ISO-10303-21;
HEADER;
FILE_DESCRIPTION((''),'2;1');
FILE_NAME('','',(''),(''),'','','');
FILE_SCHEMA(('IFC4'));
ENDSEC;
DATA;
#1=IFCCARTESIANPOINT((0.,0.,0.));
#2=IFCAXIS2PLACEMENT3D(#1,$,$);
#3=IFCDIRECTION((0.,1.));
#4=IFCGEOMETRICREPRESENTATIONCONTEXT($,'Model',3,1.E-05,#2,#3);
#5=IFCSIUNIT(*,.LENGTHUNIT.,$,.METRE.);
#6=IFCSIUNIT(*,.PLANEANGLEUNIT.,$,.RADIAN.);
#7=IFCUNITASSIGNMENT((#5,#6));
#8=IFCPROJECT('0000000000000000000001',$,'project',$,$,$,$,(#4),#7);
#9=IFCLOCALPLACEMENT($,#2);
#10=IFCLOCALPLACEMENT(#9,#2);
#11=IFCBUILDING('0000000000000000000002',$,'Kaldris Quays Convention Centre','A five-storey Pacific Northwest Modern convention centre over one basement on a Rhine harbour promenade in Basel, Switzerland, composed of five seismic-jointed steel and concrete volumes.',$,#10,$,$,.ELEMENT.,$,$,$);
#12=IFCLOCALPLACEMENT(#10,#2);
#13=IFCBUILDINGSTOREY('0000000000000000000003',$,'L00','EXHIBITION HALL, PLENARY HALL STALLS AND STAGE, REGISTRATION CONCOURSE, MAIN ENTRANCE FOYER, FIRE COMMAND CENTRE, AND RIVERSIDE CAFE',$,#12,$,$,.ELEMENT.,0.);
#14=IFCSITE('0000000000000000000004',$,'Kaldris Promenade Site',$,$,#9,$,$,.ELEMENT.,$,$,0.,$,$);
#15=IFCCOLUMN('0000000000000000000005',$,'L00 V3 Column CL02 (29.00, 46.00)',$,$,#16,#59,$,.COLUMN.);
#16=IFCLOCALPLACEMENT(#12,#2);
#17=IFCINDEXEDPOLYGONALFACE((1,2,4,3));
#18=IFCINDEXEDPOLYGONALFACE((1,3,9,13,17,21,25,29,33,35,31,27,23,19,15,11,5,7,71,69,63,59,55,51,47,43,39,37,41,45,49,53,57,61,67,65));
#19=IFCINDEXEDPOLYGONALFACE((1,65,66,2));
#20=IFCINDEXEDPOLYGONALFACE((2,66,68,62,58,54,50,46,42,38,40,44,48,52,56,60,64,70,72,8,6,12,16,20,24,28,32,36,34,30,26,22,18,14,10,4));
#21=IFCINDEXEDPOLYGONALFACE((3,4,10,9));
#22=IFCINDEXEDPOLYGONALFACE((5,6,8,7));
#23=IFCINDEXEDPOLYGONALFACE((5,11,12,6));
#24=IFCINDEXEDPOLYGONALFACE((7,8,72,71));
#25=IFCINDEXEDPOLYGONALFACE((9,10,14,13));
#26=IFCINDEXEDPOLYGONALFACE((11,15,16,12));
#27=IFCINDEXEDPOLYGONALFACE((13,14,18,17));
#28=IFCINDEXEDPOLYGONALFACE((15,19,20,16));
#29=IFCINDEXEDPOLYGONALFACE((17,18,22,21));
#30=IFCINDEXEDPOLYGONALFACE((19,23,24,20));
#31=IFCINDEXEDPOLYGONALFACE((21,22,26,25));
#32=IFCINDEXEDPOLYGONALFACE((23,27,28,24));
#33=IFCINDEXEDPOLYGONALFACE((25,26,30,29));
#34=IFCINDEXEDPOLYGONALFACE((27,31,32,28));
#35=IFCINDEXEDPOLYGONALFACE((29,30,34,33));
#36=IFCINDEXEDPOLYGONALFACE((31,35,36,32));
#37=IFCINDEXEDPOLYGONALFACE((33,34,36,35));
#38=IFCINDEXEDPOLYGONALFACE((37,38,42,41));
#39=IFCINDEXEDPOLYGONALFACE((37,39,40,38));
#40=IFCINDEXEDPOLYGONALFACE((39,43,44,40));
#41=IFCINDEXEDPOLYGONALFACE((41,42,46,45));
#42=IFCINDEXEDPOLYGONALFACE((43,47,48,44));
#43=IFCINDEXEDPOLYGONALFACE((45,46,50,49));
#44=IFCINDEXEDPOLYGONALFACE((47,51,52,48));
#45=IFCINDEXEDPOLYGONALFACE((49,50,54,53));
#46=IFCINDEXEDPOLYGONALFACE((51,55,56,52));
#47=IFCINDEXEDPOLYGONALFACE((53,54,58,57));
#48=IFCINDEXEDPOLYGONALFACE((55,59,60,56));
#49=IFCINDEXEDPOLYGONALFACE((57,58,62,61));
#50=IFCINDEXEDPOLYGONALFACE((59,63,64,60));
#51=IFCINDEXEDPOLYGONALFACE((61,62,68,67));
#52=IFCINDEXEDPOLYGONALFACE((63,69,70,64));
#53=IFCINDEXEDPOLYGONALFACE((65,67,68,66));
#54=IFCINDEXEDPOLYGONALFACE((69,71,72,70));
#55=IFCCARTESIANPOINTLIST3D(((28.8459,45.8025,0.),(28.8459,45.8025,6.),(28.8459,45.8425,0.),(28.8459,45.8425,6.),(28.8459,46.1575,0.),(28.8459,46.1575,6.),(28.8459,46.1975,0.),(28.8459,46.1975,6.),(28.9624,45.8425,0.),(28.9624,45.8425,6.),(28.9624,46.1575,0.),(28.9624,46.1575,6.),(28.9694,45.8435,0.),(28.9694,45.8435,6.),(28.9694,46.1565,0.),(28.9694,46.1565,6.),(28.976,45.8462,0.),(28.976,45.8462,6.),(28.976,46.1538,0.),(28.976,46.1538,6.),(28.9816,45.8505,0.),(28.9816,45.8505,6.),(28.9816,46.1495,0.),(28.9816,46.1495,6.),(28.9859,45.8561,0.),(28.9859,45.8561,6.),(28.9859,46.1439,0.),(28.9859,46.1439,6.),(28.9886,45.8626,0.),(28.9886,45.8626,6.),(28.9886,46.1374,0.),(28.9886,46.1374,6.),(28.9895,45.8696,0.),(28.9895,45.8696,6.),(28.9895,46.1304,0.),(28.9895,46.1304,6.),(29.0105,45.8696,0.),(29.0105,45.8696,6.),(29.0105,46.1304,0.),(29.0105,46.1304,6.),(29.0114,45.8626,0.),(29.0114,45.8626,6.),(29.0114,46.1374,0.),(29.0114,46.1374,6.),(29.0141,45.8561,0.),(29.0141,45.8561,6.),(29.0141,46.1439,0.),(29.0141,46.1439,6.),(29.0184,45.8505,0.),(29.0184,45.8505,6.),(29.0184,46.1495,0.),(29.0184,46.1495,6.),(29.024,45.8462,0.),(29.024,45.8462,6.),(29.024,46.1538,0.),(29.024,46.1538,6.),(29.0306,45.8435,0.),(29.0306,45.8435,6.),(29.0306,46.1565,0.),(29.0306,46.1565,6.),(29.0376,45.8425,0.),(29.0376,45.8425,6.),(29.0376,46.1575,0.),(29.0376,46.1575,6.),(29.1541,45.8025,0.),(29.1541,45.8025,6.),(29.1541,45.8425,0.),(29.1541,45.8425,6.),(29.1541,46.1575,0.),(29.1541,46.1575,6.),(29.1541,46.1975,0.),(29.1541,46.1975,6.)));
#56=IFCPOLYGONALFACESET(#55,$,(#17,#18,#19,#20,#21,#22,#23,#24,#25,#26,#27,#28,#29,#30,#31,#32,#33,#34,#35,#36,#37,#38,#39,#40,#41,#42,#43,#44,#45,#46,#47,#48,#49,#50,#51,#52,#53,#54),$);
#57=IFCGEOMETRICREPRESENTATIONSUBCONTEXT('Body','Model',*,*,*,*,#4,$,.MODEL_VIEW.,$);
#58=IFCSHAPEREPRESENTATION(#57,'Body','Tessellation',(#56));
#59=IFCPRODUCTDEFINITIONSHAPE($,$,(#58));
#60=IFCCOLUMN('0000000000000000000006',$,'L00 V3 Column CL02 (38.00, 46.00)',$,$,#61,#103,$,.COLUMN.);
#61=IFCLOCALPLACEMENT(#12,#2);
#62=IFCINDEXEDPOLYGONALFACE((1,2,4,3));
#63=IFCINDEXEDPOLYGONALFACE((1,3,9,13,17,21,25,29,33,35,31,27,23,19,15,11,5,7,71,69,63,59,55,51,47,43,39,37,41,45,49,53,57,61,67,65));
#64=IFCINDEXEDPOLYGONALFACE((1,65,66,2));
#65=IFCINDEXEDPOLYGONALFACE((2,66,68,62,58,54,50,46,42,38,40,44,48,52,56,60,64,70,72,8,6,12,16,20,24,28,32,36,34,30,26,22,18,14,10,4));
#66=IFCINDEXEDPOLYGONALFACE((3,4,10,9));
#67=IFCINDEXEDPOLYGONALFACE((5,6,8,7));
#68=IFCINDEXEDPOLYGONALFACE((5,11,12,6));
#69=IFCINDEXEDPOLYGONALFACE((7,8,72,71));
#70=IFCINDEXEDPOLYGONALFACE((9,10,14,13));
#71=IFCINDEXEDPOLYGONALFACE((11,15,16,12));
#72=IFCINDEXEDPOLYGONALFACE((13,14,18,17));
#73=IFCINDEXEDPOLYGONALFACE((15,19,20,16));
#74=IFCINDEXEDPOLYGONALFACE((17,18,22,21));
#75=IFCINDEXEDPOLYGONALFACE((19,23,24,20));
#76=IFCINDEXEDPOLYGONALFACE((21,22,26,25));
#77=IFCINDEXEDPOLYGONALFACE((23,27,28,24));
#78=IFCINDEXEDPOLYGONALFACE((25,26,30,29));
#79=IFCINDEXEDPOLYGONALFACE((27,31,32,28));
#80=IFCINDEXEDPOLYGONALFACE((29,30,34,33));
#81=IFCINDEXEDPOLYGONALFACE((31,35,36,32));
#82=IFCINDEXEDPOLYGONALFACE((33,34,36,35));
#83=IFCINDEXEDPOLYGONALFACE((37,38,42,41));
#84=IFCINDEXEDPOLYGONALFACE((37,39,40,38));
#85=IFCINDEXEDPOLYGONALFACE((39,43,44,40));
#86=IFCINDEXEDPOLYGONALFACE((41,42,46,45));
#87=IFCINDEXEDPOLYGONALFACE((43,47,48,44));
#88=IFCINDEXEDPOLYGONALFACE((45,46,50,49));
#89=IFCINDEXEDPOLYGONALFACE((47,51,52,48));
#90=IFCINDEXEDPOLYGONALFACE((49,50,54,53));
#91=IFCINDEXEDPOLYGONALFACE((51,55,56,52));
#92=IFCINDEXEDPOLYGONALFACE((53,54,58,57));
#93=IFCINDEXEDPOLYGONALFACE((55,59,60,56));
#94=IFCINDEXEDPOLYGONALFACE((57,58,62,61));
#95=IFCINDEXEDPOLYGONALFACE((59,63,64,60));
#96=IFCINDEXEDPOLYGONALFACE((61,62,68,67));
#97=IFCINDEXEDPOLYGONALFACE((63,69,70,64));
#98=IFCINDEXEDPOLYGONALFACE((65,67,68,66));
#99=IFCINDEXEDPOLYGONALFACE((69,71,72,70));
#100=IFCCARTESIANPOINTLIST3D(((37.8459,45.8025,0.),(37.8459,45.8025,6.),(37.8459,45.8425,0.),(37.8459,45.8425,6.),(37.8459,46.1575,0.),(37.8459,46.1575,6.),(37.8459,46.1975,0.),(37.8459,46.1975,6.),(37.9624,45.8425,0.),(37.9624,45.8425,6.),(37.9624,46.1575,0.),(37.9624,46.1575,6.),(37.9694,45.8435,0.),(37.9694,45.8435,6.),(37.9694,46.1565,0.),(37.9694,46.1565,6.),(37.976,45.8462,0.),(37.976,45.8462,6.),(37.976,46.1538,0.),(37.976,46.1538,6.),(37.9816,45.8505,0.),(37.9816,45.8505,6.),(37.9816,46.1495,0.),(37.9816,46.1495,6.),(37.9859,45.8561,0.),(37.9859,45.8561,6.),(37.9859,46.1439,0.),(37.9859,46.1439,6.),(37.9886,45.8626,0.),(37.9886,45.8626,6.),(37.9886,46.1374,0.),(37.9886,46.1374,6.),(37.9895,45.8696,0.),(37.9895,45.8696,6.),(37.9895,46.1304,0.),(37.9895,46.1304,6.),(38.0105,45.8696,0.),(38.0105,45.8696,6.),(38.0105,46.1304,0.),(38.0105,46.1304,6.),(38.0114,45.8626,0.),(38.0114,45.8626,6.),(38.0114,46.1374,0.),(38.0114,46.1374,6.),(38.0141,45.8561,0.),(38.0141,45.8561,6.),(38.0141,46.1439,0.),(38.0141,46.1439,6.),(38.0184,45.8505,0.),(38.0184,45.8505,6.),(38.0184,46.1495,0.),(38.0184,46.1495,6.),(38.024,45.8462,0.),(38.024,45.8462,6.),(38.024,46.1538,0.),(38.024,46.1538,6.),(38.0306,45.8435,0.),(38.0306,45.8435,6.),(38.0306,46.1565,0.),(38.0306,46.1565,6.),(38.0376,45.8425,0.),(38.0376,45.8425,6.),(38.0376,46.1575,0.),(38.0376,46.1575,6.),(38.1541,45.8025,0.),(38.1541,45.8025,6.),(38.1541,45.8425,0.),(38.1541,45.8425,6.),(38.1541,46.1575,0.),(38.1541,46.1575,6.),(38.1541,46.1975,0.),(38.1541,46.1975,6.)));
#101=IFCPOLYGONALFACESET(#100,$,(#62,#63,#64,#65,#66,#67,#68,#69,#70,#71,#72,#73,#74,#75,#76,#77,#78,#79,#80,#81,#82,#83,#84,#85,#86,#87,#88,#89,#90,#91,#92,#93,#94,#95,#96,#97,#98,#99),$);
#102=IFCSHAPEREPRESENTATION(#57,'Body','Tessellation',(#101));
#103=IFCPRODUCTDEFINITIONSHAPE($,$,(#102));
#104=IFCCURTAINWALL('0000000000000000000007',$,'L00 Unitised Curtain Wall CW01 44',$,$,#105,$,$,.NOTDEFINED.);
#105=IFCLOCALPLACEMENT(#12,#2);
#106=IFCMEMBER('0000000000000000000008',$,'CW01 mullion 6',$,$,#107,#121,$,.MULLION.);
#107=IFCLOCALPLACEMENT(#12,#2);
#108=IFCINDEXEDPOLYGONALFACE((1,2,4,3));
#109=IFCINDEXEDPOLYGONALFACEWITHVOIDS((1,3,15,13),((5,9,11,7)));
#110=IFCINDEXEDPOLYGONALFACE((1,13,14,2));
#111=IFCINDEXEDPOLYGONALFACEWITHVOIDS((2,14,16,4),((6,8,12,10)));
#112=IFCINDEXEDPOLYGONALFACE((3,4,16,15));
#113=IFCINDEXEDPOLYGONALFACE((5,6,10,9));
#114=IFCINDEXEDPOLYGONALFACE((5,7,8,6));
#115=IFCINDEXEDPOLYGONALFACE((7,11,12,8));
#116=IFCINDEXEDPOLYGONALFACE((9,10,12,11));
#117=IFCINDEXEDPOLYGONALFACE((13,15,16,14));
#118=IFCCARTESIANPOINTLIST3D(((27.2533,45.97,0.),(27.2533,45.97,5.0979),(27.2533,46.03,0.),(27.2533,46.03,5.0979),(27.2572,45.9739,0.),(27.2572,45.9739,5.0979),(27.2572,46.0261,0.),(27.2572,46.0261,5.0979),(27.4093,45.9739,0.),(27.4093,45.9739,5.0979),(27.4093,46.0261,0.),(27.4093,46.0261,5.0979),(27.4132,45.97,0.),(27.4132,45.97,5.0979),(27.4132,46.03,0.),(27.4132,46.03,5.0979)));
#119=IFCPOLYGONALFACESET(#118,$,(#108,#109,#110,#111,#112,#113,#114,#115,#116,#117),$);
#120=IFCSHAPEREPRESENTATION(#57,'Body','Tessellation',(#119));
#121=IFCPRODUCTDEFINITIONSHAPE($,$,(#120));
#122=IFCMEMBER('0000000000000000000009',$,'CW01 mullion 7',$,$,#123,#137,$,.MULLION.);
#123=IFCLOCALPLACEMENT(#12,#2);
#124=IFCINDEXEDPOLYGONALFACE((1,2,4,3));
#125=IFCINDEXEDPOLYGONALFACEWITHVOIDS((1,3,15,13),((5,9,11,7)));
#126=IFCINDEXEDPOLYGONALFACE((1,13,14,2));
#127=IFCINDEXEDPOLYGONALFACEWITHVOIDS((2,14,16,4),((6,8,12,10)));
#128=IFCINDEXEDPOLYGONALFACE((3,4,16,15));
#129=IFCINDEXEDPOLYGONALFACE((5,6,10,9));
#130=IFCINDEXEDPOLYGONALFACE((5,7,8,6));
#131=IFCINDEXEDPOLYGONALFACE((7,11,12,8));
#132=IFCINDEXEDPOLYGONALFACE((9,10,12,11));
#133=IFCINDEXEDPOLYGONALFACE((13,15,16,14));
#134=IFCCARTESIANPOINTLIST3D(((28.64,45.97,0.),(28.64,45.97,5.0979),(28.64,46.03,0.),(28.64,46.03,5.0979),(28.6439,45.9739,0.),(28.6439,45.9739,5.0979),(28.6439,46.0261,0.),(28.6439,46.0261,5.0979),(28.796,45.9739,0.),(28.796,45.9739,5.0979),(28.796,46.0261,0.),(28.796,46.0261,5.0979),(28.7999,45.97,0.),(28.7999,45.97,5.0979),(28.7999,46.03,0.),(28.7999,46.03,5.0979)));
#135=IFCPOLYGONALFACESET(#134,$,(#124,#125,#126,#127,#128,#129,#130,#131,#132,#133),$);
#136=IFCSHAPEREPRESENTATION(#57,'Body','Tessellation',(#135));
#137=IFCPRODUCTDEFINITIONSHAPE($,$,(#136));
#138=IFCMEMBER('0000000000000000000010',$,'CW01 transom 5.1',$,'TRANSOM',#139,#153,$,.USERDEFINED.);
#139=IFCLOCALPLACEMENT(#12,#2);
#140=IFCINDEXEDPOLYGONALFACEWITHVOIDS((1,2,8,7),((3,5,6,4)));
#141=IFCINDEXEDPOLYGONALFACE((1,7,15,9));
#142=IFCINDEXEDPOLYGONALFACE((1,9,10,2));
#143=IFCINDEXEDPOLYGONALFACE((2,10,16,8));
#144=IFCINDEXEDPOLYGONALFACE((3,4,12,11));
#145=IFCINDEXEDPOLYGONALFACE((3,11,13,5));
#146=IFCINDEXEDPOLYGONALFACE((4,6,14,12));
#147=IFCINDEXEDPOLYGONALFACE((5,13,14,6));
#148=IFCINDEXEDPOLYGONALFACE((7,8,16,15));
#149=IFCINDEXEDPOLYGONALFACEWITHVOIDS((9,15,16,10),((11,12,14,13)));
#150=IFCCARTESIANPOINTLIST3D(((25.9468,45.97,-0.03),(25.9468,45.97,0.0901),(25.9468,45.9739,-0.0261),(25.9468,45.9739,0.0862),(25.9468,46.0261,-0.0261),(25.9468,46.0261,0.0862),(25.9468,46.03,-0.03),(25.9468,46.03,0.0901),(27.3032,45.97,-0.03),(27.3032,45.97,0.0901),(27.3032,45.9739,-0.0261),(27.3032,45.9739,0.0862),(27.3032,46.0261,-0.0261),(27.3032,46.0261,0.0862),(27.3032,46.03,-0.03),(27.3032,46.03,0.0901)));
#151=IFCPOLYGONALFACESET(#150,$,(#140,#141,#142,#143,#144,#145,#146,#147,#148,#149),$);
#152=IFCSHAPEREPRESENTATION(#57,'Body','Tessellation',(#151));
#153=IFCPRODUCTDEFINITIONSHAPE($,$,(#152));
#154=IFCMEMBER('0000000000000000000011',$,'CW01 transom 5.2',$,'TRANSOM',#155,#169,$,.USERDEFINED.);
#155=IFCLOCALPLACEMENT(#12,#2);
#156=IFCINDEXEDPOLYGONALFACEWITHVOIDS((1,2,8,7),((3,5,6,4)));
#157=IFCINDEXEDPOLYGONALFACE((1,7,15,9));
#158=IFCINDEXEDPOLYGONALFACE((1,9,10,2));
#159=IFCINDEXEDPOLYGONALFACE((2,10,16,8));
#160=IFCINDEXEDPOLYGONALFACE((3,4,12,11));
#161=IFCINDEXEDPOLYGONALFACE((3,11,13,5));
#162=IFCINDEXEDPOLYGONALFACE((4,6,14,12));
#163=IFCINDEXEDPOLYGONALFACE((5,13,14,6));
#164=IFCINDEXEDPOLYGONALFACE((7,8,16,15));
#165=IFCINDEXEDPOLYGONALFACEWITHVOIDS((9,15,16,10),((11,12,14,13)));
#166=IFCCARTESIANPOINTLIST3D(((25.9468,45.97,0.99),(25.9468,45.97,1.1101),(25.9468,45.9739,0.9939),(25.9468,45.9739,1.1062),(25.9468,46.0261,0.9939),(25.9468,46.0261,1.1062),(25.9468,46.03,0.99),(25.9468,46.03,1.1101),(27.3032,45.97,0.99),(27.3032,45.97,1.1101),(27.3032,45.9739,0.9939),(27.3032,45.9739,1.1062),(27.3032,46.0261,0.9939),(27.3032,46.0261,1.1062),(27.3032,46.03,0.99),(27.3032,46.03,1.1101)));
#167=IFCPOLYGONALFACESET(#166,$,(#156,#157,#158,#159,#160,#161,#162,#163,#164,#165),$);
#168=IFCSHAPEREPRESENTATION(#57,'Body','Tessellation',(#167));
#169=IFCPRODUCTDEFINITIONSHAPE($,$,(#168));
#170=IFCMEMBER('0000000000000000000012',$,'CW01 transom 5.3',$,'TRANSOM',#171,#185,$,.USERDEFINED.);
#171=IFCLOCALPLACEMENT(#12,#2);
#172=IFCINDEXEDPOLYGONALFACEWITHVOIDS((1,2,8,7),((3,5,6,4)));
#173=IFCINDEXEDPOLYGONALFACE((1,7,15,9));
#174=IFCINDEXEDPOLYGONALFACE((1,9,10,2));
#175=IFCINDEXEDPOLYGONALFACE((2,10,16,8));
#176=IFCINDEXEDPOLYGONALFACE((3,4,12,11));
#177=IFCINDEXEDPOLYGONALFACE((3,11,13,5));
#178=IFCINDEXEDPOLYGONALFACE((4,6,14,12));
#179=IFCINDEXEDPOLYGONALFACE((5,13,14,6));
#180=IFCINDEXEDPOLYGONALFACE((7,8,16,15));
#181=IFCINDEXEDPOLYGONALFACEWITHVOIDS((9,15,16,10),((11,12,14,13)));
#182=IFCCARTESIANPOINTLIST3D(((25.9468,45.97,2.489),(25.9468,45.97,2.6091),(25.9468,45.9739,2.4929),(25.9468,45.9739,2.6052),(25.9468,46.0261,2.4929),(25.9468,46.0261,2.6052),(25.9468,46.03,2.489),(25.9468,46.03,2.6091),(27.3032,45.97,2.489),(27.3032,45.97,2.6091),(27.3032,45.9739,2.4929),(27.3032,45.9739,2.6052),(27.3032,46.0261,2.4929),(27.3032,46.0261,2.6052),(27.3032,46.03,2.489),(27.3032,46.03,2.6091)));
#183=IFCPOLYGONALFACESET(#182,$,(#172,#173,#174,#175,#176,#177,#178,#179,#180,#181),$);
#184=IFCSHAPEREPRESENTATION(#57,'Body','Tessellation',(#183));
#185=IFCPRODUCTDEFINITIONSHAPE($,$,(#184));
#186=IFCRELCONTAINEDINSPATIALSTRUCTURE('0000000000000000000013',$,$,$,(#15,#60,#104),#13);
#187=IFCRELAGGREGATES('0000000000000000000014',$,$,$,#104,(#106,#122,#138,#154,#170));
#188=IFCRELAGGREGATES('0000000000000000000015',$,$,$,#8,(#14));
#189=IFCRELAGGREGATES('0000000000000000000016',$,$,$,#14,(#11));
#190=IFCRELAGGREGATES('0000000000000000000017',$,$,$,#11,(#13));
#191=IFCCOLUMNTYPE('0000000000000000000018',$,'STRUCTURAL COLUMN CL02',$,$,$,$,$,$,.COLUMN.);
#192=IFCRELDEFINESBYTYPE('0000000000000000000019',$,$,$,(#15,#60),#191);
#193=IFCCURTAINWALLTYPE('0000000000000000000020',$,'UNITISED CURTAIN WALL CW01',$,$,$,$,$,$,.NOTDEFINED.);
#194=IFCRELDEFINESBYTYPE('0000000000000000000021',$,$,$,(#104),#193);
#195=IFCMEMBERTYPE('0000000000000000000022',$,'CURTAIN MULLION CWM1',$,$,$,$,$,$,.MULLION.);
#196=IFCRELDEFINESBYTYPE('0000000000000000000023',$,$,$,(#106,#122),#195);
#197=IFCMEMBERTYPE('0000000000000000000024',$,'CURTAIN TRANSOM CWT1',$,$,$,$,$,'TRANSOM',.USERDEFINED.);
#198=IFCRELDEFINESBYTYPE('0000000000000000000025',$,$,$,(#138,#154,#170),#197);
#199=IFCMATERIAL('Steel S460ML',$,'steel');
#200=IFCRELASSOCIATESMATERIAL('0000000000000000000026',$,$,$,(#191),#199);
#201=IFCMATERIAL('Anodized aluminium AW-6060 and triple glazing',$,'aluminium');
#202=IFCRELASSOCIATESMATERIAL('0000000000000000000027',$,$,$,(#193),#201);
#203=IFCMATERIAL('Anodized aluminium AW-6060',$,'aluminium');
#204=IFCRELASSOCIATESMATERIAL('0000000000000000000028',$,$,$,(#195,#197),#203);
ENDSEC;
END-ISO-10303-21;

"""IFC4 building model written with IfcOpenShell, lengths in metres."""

from ifc_helpers import new_model, si_unit, direction, frame, origin, origin_2d, place, context, subcontext, project, spatial, hollow_rectangle, i_section, extrude, material, material_profile, profile_set, type_object, element, aggregate, save


model = new_model("IFC4")

# Units and contexts
model_context = context("Model", 3, precision=1e-05, world=origin(), true_north=direction((0.0, 1.0)))
body_context = subcontext(model_context, "Body", "Model", "MODEL_VIEW")
ifc_project = project(units=[si_unit("LENGTHUNIT", "METRE"), si_unit("PLANEANGLEUNIT", "RADIAN")], contexts=[model_context])

# Site, building, storey
site_placement = place(None, origin())
site = spatial("IfcSite", under=ifc_project, at=site_placement, Name="Kaldris Promenade Site", CompositionType="ELEMENT", RefElevation=0.0)
building_placement = place(site_placement, origin())
building = spatial("IfcBuilding", under=site, at=building_placement, Name="Kaldris Quays Convention Centre", Description="A five-storey Pacific Northwest Modern convention centre over one basement on a Rhine harbour promenade in Basel, Switzerland, composed of five seismic-jointed steel and concrete volumes.", CompositionType="ELEMENT")
storey_placement = place(building_placement, origin())
storey = spatial("IfcBuildingStorey", under=building, at=storey_placement, Name="L00", Description="EXHIBITION HALL, PLENARY HALL STALLS AND STAGE, REGISTRATION CONCOURSE, MAIN ENTRANCE FOYER, FIRE COMMAND CENTRE, AND RIVERSIDE CAFE", CompositionType="ELEMENT", Elevation=0.0)

# Columns
ifc_material_1 = material(Name="Steel S460ML", Category="steel")
ifc_material_profile_1 = material_profile(ifc_material_1, i_section(OverallWidth=0.3081, OverallDepth=0.395, WebThickness=0.021, FlangeThickness=0.04, FilletRadius=0.0271, at=origin_2d()), Name="HEM 360")
ifc_profile_set_1 = profile_set([ifc_material_profile_1], Name="Steel S460ML")
column_type = type_object("IfcColumnType", Name="STRUCTURAL COLUMN CL02", PredefinedType="COLUMN", material=ifc_profile_set_1)
for number, where, z_axis, x_axis, name in (
    (1, (29.0, 46.0, 0.0), (0.0, 0.0, 1.0), (1.0, 0.0, 0.0), "L00 V3 Column CL02 (29.00, 46.00)"),
    (2, (38.0, 46.0, 0.0), (0.0, 0.0, 1.0), (1.0, 0.0, 0.0), "L00 V3 Column CL02 (38.00, 46.00)"),
):
    element("IfcColumn", number, at=place(storey_placement, frame(where, z_axis=z_axis, x_axis=x_axis)), inside=storey, type_object=column_type, Name=name, PredefinedType="COLUMN", context=body_context, shape_type="SweptSolid", body=[
        extrude(i_section(OverallWidth=0.3081, OverallDepth=0.395, WebThickness=0.021, FlangeThickness=0.04, FilletRadius=0.0271, at=origin_2d()), origin(), (0.0, 0.0, 1.0), 6.0),
    ])

# Curtain wall, members
ifc_material_2 = material(Name="Anodized aluminium AW-6060 and triple glazing", Category="aluminium")
curtain_wall_type = type_object("IfcCurtainWallType", Name="UNITISED CURTAIN WALL CW01", PredefinedType="NOTDEFINED", material=ifc_material_2)
curtain_wall_placement = place(storey_placement, origin())
curtain_wall = element("IfcCurtainWall", 3, at=curtain_wall_placement, inside=storey, type_object=curtain_wall_type, Name="L00 Unitised Curtain Wall CW01 44", PredefinedType="NOTDEFINED")
ifc_material_3 = material(Name="Anodized aluminium AW-6060", Category="aluminium")
ifc_material_profile_2 = material_profile(ifc_material_3, hollow_rectangle(XDim=0.0601, YDim=0.1599, WallThickness=0.0039, at=origin_2d()), Name="RHS 160x60x4")
ifc_profile_set_2 = profile_set([ifc_material_profile_2], Name="Anodized aluminium AW-6060")
member_type_1 = type_object("IfcMemberType", Name="CURTAIN MULLION CWM1", PredefinedType="MULLION", material=ifc_profile_set_2)
member_1_placement = place(storey_placement, frame((27.3333, 46.0, 0.0), z_axis=(0.0, 0.0, 1.0), x_axis=(0.0, 1.0, 0.0)))
member_1 = element("IfcMember", 4, at=member_1_placement, type_object=member_type_1, Name="CW01 mullion 6", PredefinedType="MULLION", context=body_context, shape_type="SweptSolid", body=[
    extrude(hollow_rectangle(XDim=0.0601, YDim=0.1599, WallThickness=0.0039, at=origin_2d()), origin(), (0.0, 0.0, 1.0), 5.0979),
])
member_2_placement = place(storey_placement, frame((28.72, 46.0, 0.0), z_axis=(0.0, 0.0, 1.0), x_axis=(0.0, 1.0, 0.0)))
member_2 = element("IfcMember", 5, at=member_2_placement, type_object=member_type_1, Name="CW01 mullion 7", PredefinedType="MULLION", context=body_context, shape_type="SweptSolid", body=[
    extrude(hollow_rectangle(XDim=0.0601, YDim=0.1599, WallThickness=0.0039, at=origin_2d()), origin(), (0.0, 0.0, 1.0), 5.0979),
])
ifc_material_profile_3 = material_profile(ifc_material_3, hollow_rectangle(XDim=0.0601, YDim=0.1201, WallThickness=0.0039, at=origin_2d()), Name="RHS 120x60x4")
ifc_profile_set_3 = profile_set([ifc_material_profile_3], Name="Anodized aluminium AW-6060")
member_type_2 = type_object("IfcMemberType", Name="CURTAIN TRANSOM CWT1", ElementType="TRANSOM", PredefinedType="USERDEFINED", material=ifc_profile_set_3)
member_3_placement = place(storey_placement, frame((25.9468, 46.0, 0.03), z_axis=(1.0, 0.0, 0.0), x_axis=(0.0, 1.0, 0.0)))
member_3 = element("IfcMember", 6, at=member_3_placement, type_object=member_type_2, Name="CW01 transom 5.1", ObjectType="TRANSOM", PredefinedType="USERDEFINED", context=body_context, shape_type="SweptSolid", body=[
    extrude(hollow_rectangle(XDim=0.0601, YDim=0.1201, WallThickness=0.0039, at=origin_2d()), origin(), (0.0, 0.0, 1.0), 1.3564),
])
member_4_placement = place(storey_placement, frame((25.9468, 46.0, 1.05), z_axis=(1.0, 0.0, 0.0), x_axis=(0.0, 1.0, 0.0)))
member_4 = element("IfcMember", 7, at=member_4_placement, type_object=member_type_2, Name="CW01 transom 5.2", ObjectType="TRANSOM", PredefinedType="USERDEFINED", context=body_context, shape_type="SweptSolid", body=[
    extrude(hollow_rectangle(XDim=0.0601, YDim=0.1201, WallThickness=0.0039, at=origin_2d()), origin(), (0.0, 0.0, 1.0), 1.3564),
])
member_5_placement = place(storey_placement, frame((25.9468, 46.0, 2.5491), z_axis=(1.0, 0.0, 0.0), x_axis=(0.0, 1.0, 0.0)))
member_5 = element("IfcMember", 8, at=member_5_placement, type_object=member_type_2, Name="CW01 transom 5.3", ObjectType="TRANSOM", PredefinedType="USERDEFINED", context=body_context, shape_type="SweptSolid", body=[
    extrude(hollow_rectangle(XDim=0.0601, YDim=0.1201, WallThickness=0.0039, at=origin_2d()), origin(), (0.0, 0.0, 1.0), 1.3564),
])

aggregate(curtain_wall, [member_1, member_2, member_3, member_4, member_5])

save(model, "model.ifc")
